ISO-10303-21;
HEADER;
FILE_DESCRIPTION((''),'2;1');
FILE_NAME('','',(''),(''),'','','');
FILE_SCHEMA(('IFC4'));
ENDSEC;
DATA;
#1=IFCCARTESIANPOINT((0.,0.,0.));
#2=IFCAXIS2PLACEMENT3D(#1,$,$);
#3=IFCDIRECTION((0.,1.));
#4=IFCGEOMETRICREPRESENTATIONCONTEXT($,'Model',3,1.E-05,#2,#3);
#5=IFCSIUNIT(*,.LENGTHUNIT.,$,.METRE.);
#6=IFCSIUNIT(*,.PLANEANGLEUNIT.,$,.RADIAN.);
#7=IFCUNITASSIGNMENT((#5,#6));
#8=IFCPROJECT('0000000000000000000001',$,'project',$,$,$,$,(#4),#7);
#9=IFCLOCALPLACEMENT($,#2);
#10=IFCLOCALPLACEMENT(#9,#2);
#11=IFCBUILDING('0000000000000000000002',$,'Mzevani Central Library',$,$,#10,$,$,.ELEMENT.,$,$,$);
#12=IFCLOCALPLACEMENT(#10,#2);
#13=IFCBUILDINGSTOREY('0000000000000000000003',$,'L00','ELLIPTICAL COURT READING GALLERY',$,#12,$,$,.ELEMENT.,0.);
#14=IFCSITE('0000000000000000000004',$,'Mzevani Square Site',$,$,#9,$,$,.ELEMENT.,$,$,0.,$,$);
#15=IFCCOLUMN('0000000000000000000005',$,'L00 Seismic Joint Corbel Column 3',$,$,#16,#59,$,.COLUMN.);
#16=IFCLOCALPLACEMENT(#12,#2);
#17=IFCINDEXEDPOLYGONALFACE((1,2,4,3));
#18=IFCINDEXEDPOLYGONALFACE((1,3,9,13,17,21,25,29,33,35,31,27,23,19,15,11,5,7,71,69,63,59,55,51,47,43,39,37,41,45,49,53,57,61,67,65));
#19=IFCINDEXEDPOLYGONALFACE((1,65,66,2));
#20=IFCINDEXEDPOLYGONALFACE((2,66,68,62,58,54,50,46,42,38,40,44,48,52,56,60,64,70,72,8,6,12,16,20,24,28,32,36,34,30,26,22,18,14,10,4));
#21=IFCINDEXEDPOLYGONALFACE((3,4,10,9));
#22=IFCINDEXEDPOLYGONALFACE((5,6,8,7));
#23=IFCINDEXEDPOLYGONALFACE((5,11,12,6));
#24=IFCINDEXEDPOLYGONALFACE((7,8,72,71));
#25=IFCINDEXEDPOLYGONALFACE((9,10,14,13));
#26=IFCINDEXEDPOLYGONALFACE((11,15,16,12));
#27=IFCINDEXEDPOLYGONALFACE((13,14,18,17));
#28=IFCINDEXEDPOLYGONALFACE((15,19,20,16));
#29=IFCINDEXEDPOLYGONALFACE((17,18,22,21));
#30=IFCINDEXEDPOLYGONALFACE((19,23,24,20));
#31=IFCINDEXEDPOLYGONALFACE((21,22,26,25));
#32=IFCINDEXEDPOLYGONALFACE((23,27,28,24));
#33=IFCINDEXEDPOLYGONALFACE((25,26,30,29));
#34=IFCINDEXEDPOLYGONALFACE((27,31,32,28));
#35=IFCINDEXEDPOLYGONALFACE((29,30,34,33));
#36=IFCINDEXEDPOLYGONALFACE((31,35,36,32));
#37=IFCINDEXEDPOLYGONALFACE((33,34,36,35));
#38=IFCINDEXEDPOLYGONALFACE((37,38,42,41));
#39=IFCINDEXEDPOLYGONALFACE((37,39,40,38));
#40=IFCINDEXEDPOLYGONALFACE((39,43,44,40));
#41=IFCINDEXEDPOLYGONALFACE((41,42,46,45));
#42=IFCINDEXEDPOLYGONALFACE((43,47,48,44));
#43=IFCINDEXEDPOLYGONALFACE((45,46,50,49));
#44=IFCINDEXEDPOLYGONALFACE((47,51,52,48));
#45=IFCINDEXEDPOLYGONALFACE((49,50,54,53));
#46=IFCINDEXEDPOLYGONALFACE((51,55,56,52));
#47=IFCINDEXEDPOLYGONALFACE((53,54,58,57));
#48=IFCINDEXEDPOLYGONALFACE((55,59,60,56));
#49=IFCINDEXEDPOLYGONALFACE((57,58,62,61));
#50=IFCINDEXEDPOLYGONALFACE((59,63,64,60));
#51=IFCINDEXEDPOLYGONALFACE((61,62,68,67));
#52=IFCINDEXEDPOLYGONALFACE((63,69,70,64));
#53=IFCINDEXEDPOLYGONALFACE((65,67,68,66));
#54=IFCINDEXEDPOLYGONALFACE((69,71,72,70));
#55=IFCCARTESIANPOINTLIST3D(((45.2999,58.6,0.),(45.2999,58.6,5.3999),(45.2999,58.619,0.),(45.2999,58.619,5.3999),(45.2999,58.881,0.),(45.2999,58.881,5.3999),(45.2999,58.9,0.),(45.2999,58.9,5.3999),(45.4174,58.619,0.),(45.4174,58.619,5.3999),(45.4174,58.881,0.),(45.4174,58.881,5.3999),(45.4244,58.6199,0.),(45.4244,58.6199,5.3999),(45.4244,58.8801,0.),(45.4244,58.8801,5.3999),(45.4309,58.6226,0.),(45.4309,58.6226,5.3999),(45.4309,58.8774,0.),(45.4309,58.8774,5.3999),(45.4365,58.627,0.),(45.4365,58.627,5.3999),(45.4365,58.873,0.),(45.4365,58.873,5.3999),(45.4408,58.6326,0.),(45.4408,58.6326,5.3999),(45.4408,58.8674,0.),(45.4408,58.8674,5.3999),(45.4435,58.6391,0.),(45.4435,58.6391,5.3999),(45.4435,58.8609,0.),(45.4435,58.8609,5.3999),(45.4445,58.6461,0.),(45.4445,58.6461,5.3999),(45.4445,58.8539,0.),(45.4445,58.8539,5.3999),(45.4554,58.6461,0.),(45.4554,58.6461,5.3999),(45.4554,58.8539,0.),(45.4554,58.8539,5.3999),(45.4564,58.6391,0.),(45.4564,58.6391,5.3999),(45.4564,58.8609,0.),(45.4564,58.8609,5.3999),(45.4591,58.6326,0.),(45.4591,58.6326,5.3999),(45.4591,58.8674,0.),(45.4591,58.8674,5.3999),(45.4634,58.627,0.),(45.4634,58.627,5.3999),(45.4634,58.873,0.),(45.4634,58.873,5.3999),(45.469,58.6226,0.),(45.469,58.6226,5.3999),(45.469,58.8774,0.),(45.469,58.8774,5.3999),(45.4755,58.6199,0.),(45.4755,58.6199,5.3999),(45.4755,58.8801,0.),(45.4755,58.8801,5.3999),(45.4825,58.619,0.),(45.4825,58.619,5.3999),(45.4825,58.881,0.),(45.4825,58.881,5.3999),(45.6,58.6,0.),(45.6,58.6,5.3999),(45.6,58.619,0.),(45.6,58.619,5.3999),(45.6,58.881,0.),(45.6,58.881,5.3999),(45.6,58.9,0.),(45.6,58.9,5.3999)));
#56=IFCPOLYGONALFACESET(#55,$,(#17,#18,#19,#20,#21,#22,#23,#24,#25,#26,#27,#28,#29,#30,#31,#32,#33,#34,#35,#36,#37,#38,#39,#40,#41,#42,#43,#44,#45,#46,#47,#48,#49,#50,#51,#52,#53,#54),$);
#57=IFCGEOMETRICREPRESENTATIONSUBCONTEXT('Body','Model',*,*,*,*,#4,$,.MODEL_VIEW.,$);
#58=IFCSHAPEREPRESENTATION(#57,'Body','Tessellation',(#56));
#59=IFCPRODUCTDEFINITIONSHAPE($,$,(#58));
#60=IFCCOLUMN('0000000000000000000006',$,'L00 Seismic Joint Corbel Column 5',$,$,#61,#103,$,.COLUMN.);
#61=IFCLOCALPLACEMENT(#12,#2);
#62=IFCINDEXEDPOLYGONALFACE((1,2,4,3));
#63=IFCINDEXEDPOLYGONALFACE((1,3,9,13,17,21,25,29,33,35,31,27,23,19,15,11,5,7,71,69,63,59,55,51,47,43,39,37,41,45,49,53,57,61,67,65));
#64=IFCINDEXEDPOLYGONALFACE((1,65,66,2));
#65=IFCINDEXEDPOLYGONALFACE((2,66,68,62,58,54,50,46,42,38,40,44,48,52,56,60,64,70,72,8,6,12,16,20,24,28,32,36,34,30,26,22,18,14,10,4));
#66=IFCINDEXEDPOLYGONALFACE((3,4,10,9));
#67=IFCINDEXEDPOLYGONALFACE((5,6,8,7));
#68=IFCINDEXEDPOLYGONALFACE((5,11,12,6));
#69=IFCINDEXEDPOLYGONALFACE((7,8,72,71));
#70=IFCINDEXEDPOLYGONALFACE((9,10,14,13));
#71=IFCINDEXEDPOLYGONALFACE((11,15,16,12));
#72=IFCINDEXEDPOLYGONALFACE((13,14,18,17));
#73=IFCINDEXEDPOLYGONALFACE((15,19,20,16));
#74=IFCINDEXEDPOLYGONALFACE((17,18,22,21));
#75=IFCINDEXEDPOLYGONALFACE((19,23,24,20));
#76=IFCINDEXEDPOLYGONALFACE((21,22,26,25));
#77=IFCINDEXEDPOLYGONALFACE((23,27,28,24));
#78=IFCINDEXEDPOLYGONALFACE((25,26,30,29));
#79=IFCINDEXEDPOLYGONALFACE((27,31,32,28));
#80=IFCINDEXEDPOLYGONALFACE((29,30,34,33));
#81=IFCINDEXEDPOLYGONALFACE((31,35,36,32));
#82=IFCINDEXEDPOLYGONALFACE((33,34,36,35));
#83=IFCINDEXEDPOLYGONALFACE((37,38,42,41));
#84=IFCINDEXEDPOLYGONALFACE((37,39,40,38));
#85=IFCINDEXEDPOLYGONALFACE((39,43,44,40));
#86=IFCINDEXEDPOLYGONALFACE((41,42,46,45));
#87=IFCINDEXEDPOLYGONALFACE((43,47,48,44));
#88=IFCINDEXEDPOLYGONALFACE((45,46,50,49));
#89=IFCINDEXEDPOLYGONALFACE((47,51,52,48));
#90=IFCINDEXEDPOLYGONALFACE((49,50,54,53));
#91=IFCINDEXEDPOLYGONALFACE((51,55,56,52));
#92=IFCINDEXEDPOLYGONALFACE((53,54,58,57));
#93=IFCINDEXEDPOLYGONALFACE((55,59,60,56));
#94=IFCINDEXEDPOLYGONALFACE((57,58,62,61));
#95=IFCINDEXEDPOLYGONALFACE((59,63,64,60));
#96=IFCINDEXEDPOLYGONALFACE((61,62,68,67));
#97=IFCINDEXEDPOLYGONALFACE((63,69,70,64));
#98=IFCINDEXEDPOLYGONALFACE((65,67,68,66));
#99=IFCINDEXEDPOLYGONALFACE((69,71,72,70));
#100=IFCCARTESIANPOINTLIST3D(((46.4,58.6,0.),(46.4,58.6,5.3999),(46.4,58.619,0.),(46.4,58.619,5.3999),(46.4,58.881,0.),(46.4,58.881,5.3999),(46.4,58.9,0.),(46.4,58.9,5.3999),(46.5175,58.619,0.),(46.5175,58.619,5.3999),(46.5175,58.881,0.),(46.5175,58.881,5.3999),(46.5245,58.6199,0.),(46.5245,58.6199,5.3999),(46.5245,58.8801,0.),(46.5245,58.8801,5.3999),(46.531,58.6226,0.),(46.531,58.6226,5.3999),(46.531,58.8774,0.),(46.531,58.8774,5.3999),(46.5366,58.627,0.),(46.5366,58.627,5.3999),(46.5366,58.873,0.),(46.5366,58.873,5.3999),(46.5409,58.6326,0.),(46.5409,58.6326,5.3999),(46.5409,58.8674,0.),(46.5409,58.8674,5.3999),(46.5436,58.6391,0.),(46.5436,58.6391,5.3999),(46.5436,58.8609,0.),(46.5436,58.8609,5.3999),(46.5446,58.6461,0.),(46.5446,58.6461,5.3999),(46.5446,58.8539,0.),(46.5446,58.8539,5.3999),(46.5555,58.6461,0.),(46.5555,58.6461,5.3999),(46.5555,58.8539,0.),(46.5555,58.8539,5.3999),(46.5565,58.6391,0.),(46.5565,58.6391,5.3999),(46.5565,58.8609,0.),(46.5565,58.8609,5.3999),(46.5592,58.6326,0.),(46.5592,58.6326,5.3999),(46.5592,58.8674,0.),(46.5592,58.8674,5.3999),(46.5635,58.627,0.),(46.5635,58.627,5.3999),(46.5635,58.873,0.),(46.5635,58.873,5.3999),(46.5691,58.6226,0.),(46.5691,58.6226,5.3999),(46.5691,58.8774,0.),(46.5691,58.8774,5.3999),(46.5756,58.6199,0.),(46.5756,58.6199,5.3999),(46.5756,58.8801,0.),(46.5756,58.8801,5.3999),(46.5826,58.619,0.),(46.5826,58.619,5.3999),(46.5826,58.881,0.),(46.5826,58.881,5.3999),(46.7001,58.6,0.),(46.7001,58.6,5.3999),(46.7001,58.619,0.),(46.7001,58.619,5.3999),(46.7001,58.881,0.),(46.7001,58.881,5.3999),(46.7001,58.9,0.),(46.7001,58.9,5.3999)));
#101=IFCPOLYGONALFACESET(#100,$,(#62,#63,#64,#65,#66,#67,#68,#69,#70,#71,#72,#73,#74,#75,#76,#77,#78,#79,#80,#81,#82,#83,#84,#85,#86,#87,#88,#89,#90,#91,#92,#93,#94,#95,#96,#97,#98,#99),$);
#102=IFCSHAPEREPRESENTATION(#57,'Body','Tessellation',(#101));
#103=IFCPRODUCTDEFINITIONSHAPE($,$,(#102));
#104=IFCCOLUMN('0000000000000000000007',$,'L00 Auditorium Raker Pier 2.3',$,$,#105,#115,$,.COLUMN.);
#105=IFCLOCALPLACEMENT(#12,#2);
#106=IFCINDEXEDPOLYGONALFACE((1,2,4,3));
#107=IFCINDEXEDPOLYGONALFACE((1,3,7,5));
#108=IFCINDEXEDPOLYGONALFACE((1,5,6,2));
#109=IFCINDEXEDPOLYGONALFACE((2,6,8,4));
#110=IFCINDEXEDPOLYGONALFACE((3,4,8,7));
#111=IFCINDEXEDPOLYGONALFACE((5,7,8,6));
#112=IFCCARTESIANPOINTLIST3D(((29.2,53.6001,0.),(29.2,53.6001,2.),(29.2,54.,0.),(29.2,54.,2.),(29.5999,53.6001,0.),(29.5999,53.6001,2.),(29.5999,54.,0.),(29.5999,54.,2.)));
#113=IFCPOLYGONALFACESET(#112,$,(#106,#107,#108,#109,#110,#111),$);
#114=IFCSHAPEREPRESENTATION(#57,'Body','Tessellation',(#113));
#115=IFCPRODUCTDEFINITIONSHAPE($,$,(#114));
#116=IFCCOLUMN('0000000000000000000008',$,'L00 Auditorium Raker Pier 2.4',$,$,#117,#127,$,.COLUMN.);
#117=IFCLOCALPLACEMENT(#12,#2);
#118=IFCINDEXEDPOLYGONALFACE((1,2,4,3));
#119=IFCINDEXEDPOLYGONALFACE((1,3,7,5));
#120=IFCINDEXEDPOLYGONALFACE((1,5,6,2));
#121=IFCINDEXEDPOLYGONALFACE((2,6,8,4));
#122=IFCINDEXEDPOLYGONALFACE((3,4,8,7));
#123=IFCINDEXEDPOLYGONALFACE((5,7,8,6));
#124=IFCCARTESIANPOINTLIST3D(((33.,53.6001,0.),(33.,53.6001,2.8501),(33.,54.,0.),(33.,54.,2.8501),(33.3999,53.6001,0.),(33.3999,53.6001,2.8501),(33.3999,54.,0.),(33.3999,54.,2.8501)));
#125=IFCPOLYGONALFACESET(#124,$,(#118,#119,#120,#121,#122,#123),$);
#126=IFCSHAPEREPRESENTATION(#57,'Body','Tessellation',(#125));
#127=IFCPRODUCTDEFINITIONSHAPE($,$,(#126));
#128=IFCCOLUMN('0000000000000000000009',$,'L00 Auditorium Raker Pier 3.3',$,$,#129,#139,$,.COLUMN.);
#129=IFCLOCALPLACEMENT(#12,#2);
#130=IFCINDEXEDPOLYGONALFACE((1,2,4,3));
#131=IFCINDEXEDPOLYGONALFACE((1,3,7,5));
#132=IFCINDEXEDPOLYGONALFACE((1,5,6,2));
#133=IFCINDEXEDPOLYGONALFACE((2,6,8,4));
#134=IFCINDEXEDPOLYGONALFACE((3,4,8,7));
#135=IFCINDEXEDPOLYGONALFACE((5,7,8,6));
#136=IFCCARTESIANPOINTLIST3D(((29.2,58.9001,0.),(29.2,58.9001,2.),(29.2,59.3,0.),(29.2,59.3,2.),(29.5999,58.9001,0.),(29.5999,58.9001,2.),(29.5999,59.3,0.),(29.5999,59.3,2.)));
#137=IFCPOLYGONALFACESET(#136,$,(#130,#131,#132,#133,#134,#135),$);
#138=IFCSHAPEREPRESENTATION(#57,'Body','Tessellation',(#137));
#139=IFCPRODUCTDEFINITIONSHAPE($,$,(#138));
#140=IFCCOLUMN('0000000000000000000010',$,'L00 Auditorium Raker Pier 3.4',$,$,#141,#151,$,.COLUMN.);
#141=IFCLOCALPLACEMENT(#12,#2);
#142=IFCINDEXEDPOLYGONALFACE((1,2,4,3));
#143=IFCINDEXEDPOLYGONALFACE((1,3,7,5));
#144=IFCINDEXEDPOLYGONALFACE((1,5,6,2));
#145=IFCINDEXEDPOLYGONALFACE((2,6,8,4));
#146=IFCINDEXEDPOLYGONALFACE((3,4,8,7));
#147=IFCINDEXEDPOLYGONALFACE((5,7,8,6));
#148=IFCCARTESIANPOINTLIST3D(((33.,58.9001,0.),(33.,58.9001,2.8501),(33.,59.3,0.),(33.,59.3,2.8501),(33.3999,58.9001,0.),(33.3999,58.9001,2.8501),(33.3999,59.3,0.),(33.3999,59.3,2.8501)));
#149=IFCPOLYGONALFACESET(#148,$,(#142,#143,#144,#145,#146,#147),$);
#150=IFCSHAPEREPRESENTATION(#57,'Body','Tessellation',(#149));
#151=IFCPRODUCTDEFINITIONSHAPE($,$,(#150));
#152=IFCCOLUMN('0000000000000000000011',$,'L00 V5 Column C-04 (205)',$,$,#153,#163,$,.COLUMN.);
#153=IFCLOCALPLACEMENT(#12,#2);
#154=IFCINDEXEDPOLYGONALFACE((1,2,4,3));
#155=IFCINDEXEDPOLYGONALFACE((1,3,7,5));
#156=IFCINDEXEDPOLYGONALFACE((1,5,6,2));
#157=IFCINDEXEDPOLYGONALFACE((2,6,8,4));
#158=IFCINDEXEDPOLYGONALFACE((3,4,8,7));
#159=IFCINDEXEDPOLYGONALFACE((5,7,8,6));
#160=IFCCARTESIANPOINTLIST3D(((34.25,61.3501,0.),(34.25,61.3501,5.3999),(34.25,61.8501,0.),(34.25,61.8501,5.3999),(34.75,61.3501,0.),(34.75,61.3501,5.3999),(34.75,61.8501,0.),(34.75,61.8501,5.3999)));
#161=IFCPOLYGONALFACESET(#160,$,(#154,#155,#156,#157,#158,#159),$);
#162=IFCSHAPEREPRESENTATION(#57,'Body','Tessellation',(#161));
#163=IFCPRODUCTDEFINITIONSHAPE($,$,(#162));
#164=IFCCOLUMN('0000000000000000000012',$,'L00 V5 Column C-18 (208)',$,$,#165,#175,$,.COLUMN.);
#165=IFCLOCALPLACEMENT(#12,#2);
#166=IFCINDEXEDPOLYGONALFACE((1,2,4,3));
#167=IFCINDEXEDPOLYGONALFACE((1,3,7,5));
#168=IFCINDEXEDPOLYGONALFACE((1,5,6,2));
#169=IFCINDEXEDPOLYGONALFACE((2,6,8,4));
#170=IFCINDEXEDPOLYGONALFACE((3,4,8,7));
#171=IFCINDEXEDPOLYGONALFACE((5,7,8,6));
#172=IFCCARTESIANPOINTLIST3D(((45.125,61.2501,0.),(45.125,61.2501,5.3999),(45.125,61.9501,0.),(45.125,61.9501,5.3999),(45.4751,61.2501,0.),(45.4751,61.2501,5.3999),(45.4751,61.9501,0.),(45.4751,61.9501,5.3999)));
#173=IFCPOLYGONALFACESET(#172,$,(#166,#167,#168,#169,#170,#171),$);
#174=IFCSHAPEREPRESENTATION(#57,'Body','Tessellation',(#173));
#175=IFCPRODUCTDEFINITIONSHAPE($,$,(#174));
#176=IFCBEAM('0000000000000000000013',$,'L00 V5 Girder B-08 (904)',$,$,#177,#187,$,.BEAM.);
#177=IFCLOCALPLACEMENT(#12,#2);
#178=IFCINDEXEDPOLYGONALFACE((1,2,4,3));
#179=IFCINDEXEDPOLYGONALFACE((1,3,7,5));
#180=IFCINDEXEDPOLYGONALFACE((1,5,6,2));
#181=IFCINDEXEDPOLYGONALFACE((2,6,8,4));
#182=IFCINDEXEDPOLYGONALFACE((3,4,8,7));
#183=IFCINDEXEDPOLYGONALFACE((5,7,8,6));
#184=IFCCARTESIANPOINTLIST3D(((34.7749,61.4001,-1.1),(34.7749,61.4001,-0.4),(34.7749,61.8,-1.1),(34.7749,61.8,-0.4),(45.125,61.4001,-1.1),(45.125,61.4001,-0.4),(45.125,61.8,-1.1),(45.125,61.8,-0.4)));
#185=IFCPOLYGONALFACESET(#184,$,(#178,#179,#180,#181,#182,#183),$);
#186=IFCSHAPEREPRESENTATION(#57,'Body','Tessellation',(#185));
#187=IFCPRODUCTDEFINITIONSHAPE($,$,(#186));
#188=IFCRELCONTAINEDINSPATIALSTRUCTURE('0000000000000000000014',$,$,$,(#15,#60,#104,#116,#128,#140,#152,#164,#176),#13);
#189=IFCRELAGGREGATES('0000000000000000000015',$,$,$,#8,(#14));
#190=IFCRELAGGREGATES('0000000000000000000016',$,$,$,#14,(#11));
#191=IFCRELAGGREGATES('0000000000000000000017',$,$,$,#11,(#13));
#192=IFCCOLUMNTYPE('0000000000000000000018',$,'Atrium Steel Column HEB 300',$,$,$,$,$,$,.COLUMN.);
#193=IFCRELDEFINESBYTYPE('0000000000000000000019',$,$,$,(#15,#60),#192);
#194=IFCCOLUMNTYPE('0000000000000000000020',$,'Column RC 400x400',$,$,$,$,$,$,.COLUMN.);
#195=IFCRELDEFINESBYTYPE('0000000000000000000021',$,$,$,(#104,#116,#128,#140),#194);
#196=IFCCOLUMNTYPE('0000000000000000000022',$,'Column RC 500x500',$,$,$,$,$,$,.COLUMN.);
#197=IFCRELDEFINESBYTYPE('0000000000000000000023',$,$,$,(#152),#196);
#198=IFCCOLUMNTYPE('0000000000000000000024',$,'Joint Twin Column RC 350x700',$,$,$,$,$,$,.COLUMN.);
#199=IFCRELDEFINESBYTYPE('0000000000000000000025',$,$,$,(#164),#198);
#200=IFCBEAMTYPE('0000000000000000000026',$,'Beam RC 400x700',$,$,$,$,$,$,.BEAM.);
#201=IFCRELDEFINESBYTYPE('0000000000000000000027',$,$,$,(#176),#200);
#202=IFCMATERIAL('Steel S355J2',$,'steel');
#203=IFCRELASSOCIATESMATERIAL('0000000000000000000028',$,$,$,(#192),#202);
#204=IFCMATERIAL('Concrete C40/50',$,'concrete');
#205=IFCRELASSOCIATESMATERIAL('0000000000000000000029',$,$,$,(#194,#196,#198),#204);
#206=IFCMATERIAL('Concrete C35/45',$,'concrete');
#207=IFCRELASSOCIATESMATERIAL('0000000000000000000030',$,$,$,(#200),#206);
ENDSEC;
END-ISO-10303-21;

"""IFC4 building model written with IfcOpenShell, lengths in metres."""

from ifc_helpers import new_model, si_unit, direction, frame, origin, origin_2d, place, context, subcontext, project, spatial, rectangle, i_section, extrude, material, material_profile, profile_set, type_object, element, save


model = new_model("IFC4")

# Units and contexts
model_context = context("Model", 3, precision=1e-05, world=origin(), true_north=direction((0.0, 1.0)))
body_context = subcontext(model_context, "Body", "Model", "MODEL_VIEW")
ifc_project = project(units=[si_unit("LENGTHUNIT", "METRE"), si_unit("PLANEANGLEUNIT", "RADIAN")], contexts=[model_context])

# Site, building, storey
site_placement = place(None, origin())
site = spatial("IfcSite", under=ifc_project, at=site_placement, Name="Mzevani Square Site", CompositionType="ELEMENT", RefElevation=0.0)
building_placement = place(site_placement, origin())
building = spatial("IfcBuilding", under=site, at=building_placement, Name="Mzevani Central Library", CompositionType="ELEMENT")
storey_placement = place(building_placement, origin())
storey = spatial("IfcBuildingStorey", under=building, at=storey_placement, Name="L00", Description="ELLIPTICAL COURT READING GALLERY", CompositionType="ELEMENT", Elevation=0.0)

# Columns
ifc_material_1 = material(Name="Steel S355J2", Category="steel")
ifc_material_profile_1 = material_profile(ifc_material_1, i_section(OverallWidth=0.3, OverallDepth=0.3, WebThickness=0.011, FlangeThickness=0.019, FilletRadius=0.0271, at=origin_2d()), Name="HEB 300")
ifc_profile_set_1 = profile_set([ifc_material_profile_1], Name="Steel S355J2")
column_type_1 = type_object("IfcColumnType", Name="Atrium Steel Column HEB 300", PredefinedType="COLUMN", material=ifc_profile_set_1)
for number, where, z_axis, x_axis, name in (
    (1, (45.45, 58.75, 0.0), (0.0, 0.0, 1.0), (1.0, 0.0, 0.0), "L00 Seismic Joint Corbel Column 3"),
    (2, (46.55, 58.75, 0.0), (0.0, 0.0, 1.0), (1.0, 0.0, 0.0), "L00 Seismic Joint Corbel Column 5"),
):
    element("IfcColumn", number, at=place(storey_placement, frame(where, z_axis=z_axis, x_axis=x_axis)), inside=storey, type_object=column_type_1, Name=name, PredefinedType="COLUMN", context=body_context, shape_type="SweptSolid", body=[
        extrude(i_section(OverallWidth=0.3, OverallDepth=0.3, WebThickness=0.011, FlangeThickness=0.019, FilletRadius=0.0271, at=origin_2d()), origin(), (0.0, 0.0, 1.0), 5.3999),
    ])
ifc_material_2 = material(Name="Concrete C40/50", Category="concrete")
ifc_material_profile_2 = material_profile(ifc_material_2, rectangle(XDim=0.3999, YDim=0.3999, at=origin_2d()), Name="RC 400x400")
ifc_profile_set_2 = profile_set([ifc_material_profile_2], Name="Concrete C40/50")
column_type_2 = type_object("IfcColumnType", Name="Column RC 400x400", PredefinedType="COLUMN", material=ifc_profile_set_2)
column_1_placement = place(storey_placement, frame((29.3999, 53.8, 0.0), z_axis=(0.0, 0.0, 1.0), x_axis=(1.0, 0.0, 0.0)))
element("IfcColumn", 3, at=column_1_placement, inside=storey, type_object=column_type_2, Name="L00 Auditorium Raker Pier 2.3", PredefinedType="COLUMN", context=body_context, shape_type="SweptSolid", body=[
    extrude(rectangle(XDim=0.3999, YDim=0.3999, at=origin_2d()), origin(), (0.0, 0.0, 1.0), 2.0),
])
column_2_placement = place(storey_placement, frame((33.2, 53.8, 0.0), z_axis=(0.0, 0.0, 1.0), x_axis=(1.0, 0.0, 0.0)))
element("IfcColumn", 4, at=column_2_placement, inside=storey, type_object=column_type_2, Name="L00 Auditorium Raker Pier 2.4", PredefinedType="COLUMN", context=body_context, shape_type="SweptSolid", body=[
    extrude(rectangle(XDim=0.3999, YDim=0.3999, at=origin_2d()), origin(), (0.0, 0.0, 1.0), 2.8501),
])
column_3_placement = place(storey_placement, frame((29.3999, 59.1001, 0.0), z_axis=(0.0, 0.0, 1.0), x_axis=(1.0, 0.0, 0.0)))
element("IfcColumn", 5, at=column_3_placement, inside=storey, type_object=column_type_2, Name="L00 Auditorium Raker Pier 3.3", PredefinedType="COLUMN", context=body_context, shape_type="SweptSolid", body=[
    extrude(rectangle(XDim=0.3999, YDim=0.3999, at=origin_2d()), origin(), (0.0, 0.0, 1.0), 2.0),
])
column_4_placement = place(storey_placement, frame((33.2, 59.1001, 0.0), z_axis=(0.0, 0.0, 1.0), x_axis=(1.0, 0.0, 0.0)))
element("IfcColumn", 6, at=column_4_placement, inside=storey, type_object=column_type_2, Name="L00 Auditorium Raker Pier 3.4", PredefinedType="COLUMN", context=body_context, shape_type="SweptSolid", body=[
    extrude(rectangle(XDim=0.3999, YDim=0.3999, at=origin_2d()), origin(), (0.0, 0.0, 1.0), 2.8501),
])
ifc_material_profile_3 = material_profile(ifc_material_2, rectangle(XDim=0.5, YDim=0.5, at=origin_2d()), Name="RC 500x500")
ifc_profile_set_3 = profile_set([ifc_material_profile_3], Name="Concrete C40/50")
column_type_3 = type_object("IfcColumnType", Name="Column RC 500x500", PredefinedType="COLUMN", material=ifc_profile_set_3)
column_5_placement = place(storey_placement, frame((34.5, 61.6001, 0.0), z_axis=(0.0, 0.0, 1.0), x_axis=(1.0, 0.0, 0.0)))
element("IfcColumn", 7, at=column_5_placement, inside=storey, type_object=column_type_3, Name="L00 V5 Column C-04 (205)", PredefinedType="COLUMN", context=body_context, shape_type="SweptSolid", body=[
    extrude(rectangle(XDim=0.5, YDim=0.5, at=origin_2d()), origin(), (0.0, 0.0, 1.0), 5.3999),
])
ifc_material_profile_4 = material_profile(ifc_material_2, rectangle(XDim=0.3501, YDim=0.7, at=origin_2d()), Name="RC 350x700")
ifc_profile_set_4 = profile_set([ifc_material_profile_4], Name="Concrete C40/50")
column_type_4 = type_object("IfcColumnType", Name="Joint Twin Column RC 350x700", PredefinedType="COLUMN", material=ifc_profile_set_4)
column_6_placement = place(storey_placement, frame((45.3, 61.6001, 0.0), z_axis=(0.0, 0.0, 1.0), x_axis=(1.0, 0.0, 0.0)))
element("IfcColumn", 8, at=column_6_placement, inside=storey, type_object=column_type_4, Name="L00 V5 Column C-18 (208)", PredefinedType="COLUMN", context=body_context, shape_type="SweptSolid", body=[
    extrude(rectangle(XDim=0.3501, YDim=0.7, at=origin_2d()), origin(), (0.0, 0.0, 1.0), 5.3999),
])

# Beam
ifc_material_3 = material(Name="Concrete C35/45", Category="concrete")
ifc_material_profile_5 = material_profile(ifc_material_3, rectangle(XDim=0.3999, YDim=0.7, at=origin_2d()), Name="RC B400x700")
ifc_profile_set_5 = profile_set([ifc_material_profile_5], Name="Concrete C35/45")
beam_type = type_object("IfcBeamType", Name="Beam RC 400x700", PredefinedType="BEAM", material=ifc_profile_set_5)
beam_placement = place(storey_placement, frame((34.7749, 61.6001, -0.75), z_axis=(1.0, 0.0, 0.0), x_axis=(0.0, 1.0, 0.0)))
element("IfcBeam", 9, at=beam_placement, inside=storey, type_object=beam_type, Name="L00 V5 Girder B-08 (904)", PredefinedType="BEAM", context=body_context, shape_type="SweptSolid", body=[
    extrude(rectangle(XDim=0.3999, YDim=0.7, at=origin_2d()), origin(), (0.0, 0.0, 1.0), 10.3501),
])

save(model, "model.ifc")
